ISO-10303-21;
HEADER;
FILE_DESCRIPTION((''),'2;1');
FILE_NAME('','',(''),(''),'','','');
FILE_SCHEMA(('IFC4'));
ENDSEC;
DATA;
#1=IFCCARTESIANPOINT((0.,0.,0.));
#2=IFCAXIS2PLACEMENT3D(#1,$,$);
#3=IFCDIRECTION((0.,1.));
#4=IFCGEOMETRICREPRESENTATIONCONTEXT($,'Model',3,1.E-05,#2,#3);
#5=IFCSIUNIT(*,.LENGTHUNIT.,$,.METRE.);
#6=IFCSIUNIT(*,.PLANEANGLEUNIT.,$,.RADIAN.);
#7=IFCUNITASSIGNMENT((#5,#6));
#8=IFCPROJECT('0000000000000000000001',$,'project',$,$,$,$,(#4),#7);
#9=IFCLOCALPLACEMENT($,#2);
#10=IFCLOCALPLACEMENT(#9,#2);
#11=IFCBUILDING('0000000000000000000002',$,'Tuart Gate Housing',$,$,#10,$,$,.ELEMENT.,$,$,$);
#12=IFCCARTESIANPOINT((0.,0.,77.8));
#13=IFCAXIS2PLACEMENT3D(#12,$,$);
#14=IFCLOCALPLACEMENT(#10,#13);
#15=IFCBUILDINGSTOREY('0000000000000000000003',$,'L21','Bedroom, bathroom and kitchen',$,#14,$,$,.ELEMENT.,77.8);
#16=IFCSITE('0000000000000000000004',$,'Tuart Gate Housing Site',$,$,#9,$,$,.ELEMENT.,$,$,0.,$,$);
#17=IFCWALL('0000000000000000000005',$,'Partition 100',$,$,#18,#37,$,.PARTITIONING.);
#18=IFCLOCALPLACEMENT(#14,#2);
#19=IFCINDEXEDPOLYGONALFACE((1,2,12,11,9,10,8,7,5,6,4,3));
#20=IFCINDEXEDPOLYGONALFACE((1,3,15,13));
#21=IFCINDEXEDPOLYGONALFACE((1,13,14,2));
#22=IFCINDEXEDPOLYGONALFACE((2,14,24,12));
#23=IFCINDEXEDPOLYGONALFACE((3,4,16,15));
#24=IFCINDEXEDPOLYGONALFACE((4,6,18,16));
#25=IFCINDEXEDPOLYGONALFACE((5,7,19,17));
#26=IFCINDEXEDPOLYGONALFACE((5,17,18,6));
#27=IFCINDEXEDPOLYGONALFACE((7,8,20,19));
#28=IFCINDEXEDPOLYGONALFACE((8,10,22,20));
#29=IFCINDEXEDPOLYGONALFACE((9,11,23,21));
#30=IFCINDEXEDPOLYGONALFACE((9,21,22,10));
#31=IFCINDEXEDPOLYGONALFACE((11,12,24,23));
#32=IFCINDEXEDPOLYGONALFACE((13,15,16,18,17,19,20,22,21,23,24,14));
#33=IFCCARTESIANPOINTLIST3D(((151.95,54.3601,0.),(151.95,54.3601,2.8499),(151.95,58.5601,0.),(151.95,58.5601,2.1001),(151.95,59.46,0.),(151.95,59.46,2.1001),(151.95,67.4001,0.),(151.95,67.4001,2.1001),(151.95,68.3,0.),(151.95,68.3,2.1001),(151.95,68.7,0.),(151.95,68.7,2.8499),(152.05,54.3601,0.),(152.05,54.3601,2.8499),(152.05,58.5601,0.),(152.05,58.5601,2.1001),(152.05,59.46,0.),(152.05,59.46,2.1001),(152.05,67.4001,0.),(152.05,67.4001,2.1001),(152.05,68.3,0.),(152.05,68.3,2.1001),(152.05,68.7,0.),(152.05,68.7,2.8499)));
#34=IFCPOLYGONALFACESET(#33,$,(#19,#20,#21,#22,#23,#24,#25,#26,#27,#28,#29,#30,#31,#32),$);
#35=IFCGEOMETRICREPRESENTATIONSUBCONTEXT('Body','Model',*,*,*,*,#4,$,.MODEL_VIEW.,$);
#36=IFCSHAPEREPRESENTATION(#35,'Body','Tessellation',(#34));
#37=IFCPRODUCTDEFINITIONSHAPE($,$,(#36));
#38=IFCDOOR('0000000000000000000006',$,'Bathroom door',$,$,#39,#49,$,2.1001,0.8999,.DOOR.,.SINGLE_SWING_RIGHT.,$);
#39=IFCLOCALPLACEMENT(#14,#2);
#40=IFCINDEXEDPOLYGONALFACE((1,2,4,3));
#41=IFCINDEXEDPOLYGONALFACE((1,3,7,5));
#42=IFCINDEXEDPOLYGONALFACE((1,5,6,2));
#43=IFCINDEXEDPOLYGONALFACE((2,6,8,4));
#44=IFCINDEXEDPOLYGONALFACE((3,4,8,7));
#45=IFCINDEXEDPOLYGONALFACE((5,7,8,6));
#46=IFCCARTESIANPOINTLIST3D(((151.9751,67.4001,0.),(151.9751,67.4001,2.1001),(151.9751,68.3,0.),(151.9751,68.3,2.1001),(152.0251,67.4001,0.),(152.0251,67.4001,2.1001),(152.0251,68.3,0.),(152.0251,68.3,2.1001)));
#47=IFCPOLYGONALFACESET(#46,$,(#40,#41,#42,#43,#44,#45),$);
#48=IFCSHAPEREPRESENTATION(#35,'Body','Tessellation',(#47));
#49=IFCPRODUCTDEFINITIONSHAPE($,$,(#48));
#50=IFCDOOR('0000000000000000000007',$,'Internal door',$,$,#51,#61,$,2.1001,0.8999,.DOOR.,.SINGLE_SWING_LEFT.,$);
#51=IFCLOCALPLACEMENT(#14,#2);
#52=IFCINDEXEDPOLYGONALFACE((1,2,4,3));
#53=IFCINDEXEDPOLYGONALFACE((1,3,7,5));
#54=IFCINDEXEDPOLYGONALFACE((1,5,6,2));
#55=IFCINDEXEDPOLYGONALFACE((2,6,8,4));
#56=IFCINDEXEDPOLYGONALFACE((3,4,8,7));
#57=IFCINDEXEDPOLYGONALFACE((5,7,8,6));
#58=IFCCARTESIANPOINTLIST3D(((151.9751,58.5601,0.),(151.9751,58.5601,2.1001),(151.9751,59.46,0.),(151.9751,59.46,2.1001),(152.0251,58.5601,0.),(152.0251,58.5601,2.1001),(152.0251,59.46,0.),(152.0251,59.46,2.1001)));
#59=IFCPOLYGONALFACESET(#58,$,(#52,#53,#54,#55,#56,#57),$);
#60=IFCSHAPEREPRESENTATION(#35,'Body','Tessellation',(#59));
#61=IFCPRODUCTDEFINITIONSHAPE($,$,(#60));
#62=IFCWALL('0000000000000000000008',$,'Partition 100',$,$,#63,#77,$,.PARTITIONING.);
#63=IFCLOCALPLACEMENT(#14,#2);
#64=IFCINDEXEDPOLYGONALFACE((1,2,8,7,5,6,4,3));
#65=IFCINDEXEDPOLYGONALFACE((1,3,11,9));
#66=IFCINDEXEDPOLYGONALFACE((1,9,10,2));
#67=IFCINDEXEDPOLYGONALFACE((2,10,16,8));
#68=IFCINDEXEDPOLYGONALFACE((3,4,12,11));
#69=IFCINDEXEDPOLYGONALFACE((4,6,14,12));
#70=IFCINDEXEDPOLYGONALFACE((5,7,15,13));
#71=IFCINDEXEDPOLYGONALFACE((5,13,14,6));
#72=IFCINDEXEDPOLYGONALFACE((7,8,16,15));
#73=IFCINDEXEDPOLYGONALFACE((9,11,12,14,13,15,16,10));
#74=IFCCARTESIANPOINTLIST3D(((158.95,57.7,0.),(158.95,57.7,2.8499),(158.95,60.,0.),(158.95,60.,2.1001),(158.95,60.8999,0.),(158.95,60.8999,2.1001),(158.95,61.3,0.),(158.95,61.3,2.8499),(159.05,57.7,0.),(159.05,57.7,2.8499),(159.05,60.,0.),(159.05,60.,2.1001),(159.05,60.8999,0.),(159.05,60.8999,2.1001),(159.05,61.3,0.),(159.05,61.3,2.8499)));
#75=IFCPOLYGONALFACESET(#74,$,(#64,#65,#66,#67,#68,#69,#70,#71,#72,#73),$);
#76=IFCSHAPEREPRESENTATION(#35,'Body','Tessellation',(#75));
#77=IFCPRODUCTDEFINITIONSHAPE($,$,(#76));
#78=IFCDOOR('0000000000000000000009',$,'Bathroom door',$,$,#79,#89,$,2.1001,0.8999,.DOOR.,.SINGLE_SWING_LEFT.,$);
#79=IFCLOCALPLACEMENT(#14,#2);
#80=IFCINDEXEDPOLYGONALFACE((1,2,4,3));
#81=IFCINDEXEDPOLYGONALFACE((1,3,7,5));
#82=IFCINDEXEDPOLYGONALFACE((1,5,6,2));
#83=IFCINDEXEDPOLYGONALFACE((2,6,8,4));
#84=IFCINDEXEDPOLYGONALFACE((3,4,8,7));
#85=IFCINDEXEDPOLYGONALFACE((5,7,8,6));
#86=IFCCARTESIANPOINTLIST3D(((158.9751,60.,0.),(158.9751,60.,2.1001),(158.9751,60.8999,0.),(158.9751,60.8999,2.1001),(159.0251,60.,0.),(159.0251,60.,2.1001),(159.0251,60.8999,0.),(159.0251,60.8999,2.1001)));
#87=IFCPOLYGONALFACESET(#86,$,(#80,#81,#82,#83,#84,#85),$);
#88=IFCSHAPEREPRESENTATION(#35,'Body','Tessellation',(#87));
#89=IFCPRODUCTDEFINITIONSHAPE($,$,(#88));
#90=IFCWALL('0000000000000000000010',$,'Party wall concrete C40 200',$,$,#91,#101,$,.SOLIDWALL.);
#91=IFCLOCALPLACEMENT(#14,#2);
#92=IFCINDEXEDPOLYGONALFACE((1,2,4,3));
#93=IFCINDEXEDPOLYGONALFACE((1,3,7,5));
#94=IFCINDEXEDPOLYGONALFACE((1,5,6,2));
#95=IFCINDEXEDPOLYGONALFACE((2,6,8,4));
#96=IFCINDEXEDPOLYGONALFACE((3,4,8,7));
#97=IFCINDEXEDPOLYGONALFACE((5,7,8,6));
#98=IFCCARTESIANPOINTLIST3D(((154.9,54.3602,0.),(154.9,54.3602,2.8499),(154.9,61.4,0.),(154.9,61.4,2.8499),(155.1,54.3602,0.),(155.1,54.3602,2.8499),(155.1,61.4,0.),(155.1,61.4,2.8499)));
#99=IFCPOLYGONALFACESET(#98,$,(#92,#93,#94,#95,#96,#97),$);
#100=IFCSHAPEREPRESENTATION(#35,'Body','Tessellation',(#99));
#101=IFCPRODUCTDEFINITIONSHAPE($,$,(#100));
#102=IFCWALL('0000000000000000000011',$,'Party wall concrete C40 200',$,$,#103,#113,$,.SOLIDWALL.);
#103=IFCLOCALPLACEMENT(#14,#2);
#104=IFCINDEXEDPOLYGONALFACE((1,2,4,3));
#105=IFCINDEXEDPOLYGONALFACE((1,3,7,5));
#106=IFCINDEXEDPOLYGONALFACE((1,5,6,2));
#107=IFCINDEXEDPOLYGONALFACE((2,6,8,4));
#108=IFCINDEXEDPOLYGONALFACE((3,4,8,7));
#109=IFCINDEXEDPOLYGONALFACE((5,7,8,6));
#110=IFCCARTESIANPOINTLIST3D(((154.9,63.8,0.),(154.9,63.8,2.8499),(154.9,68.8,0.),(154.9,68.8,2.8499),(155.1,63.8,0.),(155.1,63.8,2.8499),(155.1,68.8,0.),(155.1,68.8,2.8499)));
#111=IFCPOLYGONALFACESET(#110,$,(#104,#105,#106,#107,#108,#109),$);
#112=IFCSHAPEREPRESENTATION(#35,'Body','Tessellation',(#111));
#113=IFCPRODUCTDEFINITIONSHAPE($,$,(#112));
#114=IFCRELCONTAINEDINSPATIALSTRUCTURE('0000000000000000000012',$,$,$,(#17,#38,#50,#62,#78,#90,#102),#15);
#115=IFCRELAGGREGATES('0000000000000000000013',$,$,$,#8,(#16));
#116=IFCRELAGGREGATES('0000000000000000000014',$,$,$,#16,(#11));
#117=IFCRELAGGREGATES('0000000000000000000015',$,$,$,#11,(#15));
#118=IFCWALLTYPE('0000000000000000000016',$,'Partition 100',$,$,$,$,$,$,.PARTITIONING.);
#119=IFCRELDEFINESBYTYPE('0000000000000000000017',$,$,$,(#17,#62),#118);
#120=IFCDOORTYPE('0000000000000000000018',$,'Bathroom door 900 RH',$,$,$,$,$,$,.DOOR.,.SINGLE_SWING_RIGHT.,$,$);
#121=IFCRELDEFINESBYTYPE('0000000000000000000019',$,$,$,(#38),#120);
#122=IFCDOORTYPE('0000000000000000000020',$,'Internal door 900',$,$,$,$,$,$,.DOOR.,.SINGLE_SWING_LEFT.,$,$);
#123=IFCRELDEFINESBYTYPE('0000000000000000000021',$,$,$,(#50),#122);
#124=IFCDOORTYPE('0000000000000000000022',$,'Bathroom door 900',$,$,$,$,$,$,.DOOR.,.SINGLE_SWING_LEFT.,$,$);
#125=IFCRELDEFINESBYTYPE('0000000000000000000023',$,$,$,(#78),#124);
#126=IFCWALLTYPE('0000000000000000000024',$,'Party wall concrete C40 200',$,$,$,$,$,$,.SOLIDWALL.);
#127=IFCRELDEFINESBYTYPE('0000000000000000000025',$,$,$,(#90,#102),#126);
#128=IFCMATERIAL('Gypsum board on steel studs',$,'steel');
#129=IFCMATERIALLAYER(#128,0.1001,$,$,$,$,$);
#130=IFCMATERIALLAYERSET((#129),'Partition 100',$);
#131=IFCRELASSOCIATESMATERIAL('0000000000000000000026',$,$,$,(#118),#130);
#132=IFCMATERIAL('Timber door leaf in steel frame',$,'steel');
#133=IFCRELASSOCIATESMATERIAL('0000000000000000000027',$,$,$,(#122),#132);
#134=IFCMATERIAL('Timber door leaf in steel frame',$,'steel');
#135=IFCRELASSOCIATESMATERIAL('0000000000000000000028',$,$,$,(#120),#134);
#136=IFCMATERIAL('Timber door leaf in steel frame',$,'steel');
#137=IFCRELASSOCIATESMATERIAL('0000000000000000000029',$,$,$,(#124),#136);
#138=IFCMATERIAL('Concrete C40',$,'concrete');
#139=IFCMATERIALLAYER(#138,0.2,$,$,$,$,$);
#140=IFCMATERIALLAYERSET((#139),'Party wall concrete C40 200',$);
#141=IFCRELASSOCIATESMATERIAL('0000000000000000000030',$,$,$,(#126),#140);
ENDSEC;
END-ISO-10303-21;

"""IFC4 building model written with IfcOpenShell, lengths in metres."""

from ifc_helpers import new_model, si_unit, direction, frame, frame_2d, origin, place, context, subcontext, project, spatial, rectangle, extrude, material, layer, layer_set, type_object, element, fill, save


model = new_model("IFC4")

# Units and contexts
model_context = context("Model", 3, precision=1e-05, world=origin(), true_north=direction((0.0, 1.0)))
body_context = subcontext(model_context, "Body", "Model", "MODEL_VIEW")
ifc_project = project(units=[si_unit("LENGTHUNIT", "METRE"), si_unit("PLANEANGLEUNIT", "RADIAN")], contexts=[model_context])

# Site, building, storey
site_placement = place(None, origin())
site = spatial("IfcSite", under=ifc_project, at=site_placement, Name="Tuart Gate Housing Site", CompositionType="ELEMENT", RefElevation=0.0)
building_placement = place(site_placement, origin())
building = spatial("IfcBuilding", under=site, at=building_placement, Name="Tuart Gate Housing", CompositionType="ELEMENT")
storey_placement = place(building_placement, frame((0.0, 0.0, 77.8)))
storey = spatial("IfcBuildingStorey", under=building, at=storey_placement, Name="L21", Description="Bedroom, bathroom and kitchen", CompositionType="ELEMENT", Elevation=77.8)

# Shared definitions
ifc_material_1 = material(Name="Gypsum board on steel studs", Category="steel")
ifc_layer_1 = layer(ifc_material_1, 0.1001)
ifc_layer_set_1 = layer_set([ifc_layer_1], Name="Partition 100")
wall_type_1 = type_object("IfcWallType", Name="Partition 100", PredefinedType="PARTITIONING", material=ifc_layer_set_1)

# Shared definitions
ifc_material_2 = material(Name="Timber door leaf in steel frame", Category="steel")
door_type_1 = type_object("IfcDoorType", Name="Internal door 900", OperationType="SINGLE_SWING_LEFT", PredefinedType="DOOR", material=ifc_material_2)

# Wall, openings, doors
wall_1_placement = place(storey_placement, frame((152.0, 54.3601, 0.0), z_axis=(0.0, 0.0, 1.0), x_axis=(0.0, 1.0, 0.0)))
wall_1 = element("IfcWall", 1, at=wall_1_placement, inside=storey, type_object=wall_type_1, Name="Partition 100", PredefinedType="PARTITIONING", context=body_context, shape_type="SweptSolid", body=[
    extrude(rectangle(XDim=14.3398, YDim=0.1001, at=frame_2d((7.1699, 0.0))), origin(), (0.0, 0.0, 1.0), 2.8499),
])
opening_1_placement = place(wall_1_placement, frame((4.2, 0.0, 0.0)))
opening_1 = element("IfcOpeningElement", 2, at=opening_1_placement, cuts=wall_1, PredefinedType="OPENING", context=body_context, shape_type="SweptSolid", body=[
    extrude(rectangle(XDim=0.8999, YDim=2.1001, at=frame_2d((0.45, 1.05))), frame((0.0, 0.0601, 0.0), z_axis=(0.0, -1.0, 0.0), x_axis=(1.0, 0.0, 0.0)), (0.0, 0.0, 1.0), 0.1201),
])
opening_2_placement = place(wall_1_placement, frame((13.04, 0.0, 0.0)))
opening_2 = element("IfcOpeningElement", 3, at=opening_2_placement, cuts=wall_1, PredefinedType="OPENING", context=body_context, shape_type="SweptSolid", body=[
    extrude(rectangle(XDim=0.8999, YDim=2.1001, at=frame_2d((0.45, 1.05))), frame((0.0, 0.0601, 0.0), z_axis=(0.0, -1.0, 0.0), x_axis=(1.0, 0.0, 0.0)), (0.0, 0.0, 1.0), 0.1201),
])
ifc_material_3 = material(Name="Timber door leaf in steel frame", Category="steel")
door_type_2 = type_object("IfcDoorType", Name="Bathroom door 900 RH", OperationType="SINGLE_SWING_RIGHT", PredefinedType="DOOR", material=ifc_material_3)
door_1_placement = place(opening_2_placement, origin())
door_1 = element("IfcDoor", 4, at=door_1_placement, inside=storey, type_object=door_type_2, Name="Bathroom door", OperationType="SINGLE_SWING_RIGHT", OverallHeight=2.1001, OverallWidth=0.8999, PredefinedType="DOOR", context=body_context, shape_type="SweptSolid", body=[
    extrude(rectangle(XDim=0.8999, YDim=2.1001, at=frame_2d((0.45, 1.05))), frame((0.0, 0.0249, 0.0), z_axis=(0.0, -1.0, 0.0), x_axis=(1.0, 0.0, 0.0)), (0.0, 0.0, 1.0), 0.05),
])
fill(opening_2, door_1)
door_2_placement = place(opening_1_placement, origin())
door_2 = element("IfcDoor", 5, at=door_2_placement, inside=storey, type_object=door_type_1, Name="Internal door", OperationType="SINGLE_SWING_LEFT", OverallHeight=2.1001, OverallWidth=0.8999, PredefinedType="DOOR", context=body_context, shape_type="SweptSolid", body=[
    extrude(rectangle(XDim=0.8999, YDim=2.1001, at=frame_2d((0.45, 1.05))), frame((0.0, 0.0249, 0.0), z_axis=(0.0, -1.0, 0.0), x_axis=(1.0, 0.0, 0.0)), (0.0, 0.0, 1.0), 0.05),
])
fill(opening_1, door_2)

# Wall, opening, door
wall_2_placement = place(storey_placement, frame((159.0, 57.7, 0.0), z_axis=(0.0, 0.0, 1.0), x_axis=(0.0, 1.0, 0.0)))
wall_2 = element("IfcWall", 6, at=wall_2_placement, inside=storey, type_object=wall_type_1, Name="Partition 100", PredefinedType="PARTITIONING", context=body_context, shape_type="SweptSolid", body=[
    extrude(rectangle(XDim=3.6001, YDim=0.1001, at=frame_2d((1.8, 0.0))), origin(), (0.0, 0.0, 1.0), 2.8499),
])
opening_3_placement = place(wall_2_placement, frame((2.3, 0.0, 0.0)))
opening_3 = element("IfcOpeningElement", 7, at=opening_3_placement, cuts=wall_2, PredefinedType="OPENING", context=body_context, shape_type="SweptSolid", body=[
    extrude(rectangle(XDim=0.8999, YDim=2.1001, at=frame_2d((0.45, 1.05))), frame((0.0, 0.0601, 0.0), z_axis=(0.0, -1.0, 0.0), x_axis=(1.0, 0.0, 0.0)), (0.0, 0.0, 1.0), 0.1201),
])
ifc_material_4 = material(Name="Timber door leaf in steel frame", Category="steel")
door_type_3 = type_object("IfcDoorType", Name="Bathroom door 900", OperationType="SINGLE_SWING_LEFT", PredefinedType="DOOR", material=ifc_material_4)
door_3_placement = place(opening_3_placement, frame((0.8999, 0.0, 0.0), z_axis=(0.0, 0.0, 1.0), x_axis=(-1.0, 0.0, 0.0)))
door_3 = element("IfcDoor", 8, at=door_3_placement, inside=storey, type_object=door_type_3, Name="Bathroom door", OperationType="SINGLE_SWING_LEFT", OverallHeight=2.1001, OverallWidth=0.8999, PredefinedType="DOOR", context=body_context, shape_type="SweptSolid", body=[
    extrude(rectangle(XDim=0.8999, YDim=2.1001, at=frame_2d((0.45, 1.05))), frame((0.0, 0.0251, 0.0), z_axis=(0.0, -1.0, 0.0), x_axis=(1.0, 0.0, 0.0)), (0.0, 0.0, 1.0), 0.05),
])
fill(opening_3, door_3)

# Walls
ifc_material_5 = material(Name="Concrete C40", Category="concrete")
ifc_layer_2 = layer(ifc_material_5, 0.2)
ifc_layer_set_2 = layer_set([ifc_layer_2], Name="Party wall concrete C40 200")
wall_type_2 = type_object("IfcWallType", Name="Party wall concrete C40 200", PredefinedType="SOLIDWALL", material=ifc_layer_set_2)
wall_3_placement = place(storey_placement, frame((155.0, 54.3601, 0.0), z_axis=(0.0, 0.0, 1.0), x_axis=(0.0, 1.0, 0.0)))
element("IfcWall", 9, at=wall_3_placement, inside=storey, type_object=wall_type_2, Name="Party wall concrete C40 200", PredefinedType="SOLIDWALL", context=body_context, shape_type="SweptSolid", body=[
    extrude(rectangle(XDim=7.0398, YDim=0.2, at=frame_2d((3.52, 0.0))), origin(), (0.0, 0.0, 1.0), 2.8499),
])
wall_4_placement = place(storey_placement, frame((155.0, 63.8, 0.0), z_axis=(0.0, 0.0, 1.0), x_axis=(0.0, 1.0, 0.0)))
element("IfcWall", 10, at=wall_4_placement, inside=storey, type_object=wall_type_2, Name="Party wall concrete C40 200", PredefinedType="SOLIDWALL", context=body_context, shape_type="SweptSolid", body=[
    extrude(rectangle(XDim=5.0, YDim=0.2, at=frame_2d((2.5, 0.0))), origin(), (0.0, 0.0, 1.0), 2.8499),
])

save(model, "model.ifc")
